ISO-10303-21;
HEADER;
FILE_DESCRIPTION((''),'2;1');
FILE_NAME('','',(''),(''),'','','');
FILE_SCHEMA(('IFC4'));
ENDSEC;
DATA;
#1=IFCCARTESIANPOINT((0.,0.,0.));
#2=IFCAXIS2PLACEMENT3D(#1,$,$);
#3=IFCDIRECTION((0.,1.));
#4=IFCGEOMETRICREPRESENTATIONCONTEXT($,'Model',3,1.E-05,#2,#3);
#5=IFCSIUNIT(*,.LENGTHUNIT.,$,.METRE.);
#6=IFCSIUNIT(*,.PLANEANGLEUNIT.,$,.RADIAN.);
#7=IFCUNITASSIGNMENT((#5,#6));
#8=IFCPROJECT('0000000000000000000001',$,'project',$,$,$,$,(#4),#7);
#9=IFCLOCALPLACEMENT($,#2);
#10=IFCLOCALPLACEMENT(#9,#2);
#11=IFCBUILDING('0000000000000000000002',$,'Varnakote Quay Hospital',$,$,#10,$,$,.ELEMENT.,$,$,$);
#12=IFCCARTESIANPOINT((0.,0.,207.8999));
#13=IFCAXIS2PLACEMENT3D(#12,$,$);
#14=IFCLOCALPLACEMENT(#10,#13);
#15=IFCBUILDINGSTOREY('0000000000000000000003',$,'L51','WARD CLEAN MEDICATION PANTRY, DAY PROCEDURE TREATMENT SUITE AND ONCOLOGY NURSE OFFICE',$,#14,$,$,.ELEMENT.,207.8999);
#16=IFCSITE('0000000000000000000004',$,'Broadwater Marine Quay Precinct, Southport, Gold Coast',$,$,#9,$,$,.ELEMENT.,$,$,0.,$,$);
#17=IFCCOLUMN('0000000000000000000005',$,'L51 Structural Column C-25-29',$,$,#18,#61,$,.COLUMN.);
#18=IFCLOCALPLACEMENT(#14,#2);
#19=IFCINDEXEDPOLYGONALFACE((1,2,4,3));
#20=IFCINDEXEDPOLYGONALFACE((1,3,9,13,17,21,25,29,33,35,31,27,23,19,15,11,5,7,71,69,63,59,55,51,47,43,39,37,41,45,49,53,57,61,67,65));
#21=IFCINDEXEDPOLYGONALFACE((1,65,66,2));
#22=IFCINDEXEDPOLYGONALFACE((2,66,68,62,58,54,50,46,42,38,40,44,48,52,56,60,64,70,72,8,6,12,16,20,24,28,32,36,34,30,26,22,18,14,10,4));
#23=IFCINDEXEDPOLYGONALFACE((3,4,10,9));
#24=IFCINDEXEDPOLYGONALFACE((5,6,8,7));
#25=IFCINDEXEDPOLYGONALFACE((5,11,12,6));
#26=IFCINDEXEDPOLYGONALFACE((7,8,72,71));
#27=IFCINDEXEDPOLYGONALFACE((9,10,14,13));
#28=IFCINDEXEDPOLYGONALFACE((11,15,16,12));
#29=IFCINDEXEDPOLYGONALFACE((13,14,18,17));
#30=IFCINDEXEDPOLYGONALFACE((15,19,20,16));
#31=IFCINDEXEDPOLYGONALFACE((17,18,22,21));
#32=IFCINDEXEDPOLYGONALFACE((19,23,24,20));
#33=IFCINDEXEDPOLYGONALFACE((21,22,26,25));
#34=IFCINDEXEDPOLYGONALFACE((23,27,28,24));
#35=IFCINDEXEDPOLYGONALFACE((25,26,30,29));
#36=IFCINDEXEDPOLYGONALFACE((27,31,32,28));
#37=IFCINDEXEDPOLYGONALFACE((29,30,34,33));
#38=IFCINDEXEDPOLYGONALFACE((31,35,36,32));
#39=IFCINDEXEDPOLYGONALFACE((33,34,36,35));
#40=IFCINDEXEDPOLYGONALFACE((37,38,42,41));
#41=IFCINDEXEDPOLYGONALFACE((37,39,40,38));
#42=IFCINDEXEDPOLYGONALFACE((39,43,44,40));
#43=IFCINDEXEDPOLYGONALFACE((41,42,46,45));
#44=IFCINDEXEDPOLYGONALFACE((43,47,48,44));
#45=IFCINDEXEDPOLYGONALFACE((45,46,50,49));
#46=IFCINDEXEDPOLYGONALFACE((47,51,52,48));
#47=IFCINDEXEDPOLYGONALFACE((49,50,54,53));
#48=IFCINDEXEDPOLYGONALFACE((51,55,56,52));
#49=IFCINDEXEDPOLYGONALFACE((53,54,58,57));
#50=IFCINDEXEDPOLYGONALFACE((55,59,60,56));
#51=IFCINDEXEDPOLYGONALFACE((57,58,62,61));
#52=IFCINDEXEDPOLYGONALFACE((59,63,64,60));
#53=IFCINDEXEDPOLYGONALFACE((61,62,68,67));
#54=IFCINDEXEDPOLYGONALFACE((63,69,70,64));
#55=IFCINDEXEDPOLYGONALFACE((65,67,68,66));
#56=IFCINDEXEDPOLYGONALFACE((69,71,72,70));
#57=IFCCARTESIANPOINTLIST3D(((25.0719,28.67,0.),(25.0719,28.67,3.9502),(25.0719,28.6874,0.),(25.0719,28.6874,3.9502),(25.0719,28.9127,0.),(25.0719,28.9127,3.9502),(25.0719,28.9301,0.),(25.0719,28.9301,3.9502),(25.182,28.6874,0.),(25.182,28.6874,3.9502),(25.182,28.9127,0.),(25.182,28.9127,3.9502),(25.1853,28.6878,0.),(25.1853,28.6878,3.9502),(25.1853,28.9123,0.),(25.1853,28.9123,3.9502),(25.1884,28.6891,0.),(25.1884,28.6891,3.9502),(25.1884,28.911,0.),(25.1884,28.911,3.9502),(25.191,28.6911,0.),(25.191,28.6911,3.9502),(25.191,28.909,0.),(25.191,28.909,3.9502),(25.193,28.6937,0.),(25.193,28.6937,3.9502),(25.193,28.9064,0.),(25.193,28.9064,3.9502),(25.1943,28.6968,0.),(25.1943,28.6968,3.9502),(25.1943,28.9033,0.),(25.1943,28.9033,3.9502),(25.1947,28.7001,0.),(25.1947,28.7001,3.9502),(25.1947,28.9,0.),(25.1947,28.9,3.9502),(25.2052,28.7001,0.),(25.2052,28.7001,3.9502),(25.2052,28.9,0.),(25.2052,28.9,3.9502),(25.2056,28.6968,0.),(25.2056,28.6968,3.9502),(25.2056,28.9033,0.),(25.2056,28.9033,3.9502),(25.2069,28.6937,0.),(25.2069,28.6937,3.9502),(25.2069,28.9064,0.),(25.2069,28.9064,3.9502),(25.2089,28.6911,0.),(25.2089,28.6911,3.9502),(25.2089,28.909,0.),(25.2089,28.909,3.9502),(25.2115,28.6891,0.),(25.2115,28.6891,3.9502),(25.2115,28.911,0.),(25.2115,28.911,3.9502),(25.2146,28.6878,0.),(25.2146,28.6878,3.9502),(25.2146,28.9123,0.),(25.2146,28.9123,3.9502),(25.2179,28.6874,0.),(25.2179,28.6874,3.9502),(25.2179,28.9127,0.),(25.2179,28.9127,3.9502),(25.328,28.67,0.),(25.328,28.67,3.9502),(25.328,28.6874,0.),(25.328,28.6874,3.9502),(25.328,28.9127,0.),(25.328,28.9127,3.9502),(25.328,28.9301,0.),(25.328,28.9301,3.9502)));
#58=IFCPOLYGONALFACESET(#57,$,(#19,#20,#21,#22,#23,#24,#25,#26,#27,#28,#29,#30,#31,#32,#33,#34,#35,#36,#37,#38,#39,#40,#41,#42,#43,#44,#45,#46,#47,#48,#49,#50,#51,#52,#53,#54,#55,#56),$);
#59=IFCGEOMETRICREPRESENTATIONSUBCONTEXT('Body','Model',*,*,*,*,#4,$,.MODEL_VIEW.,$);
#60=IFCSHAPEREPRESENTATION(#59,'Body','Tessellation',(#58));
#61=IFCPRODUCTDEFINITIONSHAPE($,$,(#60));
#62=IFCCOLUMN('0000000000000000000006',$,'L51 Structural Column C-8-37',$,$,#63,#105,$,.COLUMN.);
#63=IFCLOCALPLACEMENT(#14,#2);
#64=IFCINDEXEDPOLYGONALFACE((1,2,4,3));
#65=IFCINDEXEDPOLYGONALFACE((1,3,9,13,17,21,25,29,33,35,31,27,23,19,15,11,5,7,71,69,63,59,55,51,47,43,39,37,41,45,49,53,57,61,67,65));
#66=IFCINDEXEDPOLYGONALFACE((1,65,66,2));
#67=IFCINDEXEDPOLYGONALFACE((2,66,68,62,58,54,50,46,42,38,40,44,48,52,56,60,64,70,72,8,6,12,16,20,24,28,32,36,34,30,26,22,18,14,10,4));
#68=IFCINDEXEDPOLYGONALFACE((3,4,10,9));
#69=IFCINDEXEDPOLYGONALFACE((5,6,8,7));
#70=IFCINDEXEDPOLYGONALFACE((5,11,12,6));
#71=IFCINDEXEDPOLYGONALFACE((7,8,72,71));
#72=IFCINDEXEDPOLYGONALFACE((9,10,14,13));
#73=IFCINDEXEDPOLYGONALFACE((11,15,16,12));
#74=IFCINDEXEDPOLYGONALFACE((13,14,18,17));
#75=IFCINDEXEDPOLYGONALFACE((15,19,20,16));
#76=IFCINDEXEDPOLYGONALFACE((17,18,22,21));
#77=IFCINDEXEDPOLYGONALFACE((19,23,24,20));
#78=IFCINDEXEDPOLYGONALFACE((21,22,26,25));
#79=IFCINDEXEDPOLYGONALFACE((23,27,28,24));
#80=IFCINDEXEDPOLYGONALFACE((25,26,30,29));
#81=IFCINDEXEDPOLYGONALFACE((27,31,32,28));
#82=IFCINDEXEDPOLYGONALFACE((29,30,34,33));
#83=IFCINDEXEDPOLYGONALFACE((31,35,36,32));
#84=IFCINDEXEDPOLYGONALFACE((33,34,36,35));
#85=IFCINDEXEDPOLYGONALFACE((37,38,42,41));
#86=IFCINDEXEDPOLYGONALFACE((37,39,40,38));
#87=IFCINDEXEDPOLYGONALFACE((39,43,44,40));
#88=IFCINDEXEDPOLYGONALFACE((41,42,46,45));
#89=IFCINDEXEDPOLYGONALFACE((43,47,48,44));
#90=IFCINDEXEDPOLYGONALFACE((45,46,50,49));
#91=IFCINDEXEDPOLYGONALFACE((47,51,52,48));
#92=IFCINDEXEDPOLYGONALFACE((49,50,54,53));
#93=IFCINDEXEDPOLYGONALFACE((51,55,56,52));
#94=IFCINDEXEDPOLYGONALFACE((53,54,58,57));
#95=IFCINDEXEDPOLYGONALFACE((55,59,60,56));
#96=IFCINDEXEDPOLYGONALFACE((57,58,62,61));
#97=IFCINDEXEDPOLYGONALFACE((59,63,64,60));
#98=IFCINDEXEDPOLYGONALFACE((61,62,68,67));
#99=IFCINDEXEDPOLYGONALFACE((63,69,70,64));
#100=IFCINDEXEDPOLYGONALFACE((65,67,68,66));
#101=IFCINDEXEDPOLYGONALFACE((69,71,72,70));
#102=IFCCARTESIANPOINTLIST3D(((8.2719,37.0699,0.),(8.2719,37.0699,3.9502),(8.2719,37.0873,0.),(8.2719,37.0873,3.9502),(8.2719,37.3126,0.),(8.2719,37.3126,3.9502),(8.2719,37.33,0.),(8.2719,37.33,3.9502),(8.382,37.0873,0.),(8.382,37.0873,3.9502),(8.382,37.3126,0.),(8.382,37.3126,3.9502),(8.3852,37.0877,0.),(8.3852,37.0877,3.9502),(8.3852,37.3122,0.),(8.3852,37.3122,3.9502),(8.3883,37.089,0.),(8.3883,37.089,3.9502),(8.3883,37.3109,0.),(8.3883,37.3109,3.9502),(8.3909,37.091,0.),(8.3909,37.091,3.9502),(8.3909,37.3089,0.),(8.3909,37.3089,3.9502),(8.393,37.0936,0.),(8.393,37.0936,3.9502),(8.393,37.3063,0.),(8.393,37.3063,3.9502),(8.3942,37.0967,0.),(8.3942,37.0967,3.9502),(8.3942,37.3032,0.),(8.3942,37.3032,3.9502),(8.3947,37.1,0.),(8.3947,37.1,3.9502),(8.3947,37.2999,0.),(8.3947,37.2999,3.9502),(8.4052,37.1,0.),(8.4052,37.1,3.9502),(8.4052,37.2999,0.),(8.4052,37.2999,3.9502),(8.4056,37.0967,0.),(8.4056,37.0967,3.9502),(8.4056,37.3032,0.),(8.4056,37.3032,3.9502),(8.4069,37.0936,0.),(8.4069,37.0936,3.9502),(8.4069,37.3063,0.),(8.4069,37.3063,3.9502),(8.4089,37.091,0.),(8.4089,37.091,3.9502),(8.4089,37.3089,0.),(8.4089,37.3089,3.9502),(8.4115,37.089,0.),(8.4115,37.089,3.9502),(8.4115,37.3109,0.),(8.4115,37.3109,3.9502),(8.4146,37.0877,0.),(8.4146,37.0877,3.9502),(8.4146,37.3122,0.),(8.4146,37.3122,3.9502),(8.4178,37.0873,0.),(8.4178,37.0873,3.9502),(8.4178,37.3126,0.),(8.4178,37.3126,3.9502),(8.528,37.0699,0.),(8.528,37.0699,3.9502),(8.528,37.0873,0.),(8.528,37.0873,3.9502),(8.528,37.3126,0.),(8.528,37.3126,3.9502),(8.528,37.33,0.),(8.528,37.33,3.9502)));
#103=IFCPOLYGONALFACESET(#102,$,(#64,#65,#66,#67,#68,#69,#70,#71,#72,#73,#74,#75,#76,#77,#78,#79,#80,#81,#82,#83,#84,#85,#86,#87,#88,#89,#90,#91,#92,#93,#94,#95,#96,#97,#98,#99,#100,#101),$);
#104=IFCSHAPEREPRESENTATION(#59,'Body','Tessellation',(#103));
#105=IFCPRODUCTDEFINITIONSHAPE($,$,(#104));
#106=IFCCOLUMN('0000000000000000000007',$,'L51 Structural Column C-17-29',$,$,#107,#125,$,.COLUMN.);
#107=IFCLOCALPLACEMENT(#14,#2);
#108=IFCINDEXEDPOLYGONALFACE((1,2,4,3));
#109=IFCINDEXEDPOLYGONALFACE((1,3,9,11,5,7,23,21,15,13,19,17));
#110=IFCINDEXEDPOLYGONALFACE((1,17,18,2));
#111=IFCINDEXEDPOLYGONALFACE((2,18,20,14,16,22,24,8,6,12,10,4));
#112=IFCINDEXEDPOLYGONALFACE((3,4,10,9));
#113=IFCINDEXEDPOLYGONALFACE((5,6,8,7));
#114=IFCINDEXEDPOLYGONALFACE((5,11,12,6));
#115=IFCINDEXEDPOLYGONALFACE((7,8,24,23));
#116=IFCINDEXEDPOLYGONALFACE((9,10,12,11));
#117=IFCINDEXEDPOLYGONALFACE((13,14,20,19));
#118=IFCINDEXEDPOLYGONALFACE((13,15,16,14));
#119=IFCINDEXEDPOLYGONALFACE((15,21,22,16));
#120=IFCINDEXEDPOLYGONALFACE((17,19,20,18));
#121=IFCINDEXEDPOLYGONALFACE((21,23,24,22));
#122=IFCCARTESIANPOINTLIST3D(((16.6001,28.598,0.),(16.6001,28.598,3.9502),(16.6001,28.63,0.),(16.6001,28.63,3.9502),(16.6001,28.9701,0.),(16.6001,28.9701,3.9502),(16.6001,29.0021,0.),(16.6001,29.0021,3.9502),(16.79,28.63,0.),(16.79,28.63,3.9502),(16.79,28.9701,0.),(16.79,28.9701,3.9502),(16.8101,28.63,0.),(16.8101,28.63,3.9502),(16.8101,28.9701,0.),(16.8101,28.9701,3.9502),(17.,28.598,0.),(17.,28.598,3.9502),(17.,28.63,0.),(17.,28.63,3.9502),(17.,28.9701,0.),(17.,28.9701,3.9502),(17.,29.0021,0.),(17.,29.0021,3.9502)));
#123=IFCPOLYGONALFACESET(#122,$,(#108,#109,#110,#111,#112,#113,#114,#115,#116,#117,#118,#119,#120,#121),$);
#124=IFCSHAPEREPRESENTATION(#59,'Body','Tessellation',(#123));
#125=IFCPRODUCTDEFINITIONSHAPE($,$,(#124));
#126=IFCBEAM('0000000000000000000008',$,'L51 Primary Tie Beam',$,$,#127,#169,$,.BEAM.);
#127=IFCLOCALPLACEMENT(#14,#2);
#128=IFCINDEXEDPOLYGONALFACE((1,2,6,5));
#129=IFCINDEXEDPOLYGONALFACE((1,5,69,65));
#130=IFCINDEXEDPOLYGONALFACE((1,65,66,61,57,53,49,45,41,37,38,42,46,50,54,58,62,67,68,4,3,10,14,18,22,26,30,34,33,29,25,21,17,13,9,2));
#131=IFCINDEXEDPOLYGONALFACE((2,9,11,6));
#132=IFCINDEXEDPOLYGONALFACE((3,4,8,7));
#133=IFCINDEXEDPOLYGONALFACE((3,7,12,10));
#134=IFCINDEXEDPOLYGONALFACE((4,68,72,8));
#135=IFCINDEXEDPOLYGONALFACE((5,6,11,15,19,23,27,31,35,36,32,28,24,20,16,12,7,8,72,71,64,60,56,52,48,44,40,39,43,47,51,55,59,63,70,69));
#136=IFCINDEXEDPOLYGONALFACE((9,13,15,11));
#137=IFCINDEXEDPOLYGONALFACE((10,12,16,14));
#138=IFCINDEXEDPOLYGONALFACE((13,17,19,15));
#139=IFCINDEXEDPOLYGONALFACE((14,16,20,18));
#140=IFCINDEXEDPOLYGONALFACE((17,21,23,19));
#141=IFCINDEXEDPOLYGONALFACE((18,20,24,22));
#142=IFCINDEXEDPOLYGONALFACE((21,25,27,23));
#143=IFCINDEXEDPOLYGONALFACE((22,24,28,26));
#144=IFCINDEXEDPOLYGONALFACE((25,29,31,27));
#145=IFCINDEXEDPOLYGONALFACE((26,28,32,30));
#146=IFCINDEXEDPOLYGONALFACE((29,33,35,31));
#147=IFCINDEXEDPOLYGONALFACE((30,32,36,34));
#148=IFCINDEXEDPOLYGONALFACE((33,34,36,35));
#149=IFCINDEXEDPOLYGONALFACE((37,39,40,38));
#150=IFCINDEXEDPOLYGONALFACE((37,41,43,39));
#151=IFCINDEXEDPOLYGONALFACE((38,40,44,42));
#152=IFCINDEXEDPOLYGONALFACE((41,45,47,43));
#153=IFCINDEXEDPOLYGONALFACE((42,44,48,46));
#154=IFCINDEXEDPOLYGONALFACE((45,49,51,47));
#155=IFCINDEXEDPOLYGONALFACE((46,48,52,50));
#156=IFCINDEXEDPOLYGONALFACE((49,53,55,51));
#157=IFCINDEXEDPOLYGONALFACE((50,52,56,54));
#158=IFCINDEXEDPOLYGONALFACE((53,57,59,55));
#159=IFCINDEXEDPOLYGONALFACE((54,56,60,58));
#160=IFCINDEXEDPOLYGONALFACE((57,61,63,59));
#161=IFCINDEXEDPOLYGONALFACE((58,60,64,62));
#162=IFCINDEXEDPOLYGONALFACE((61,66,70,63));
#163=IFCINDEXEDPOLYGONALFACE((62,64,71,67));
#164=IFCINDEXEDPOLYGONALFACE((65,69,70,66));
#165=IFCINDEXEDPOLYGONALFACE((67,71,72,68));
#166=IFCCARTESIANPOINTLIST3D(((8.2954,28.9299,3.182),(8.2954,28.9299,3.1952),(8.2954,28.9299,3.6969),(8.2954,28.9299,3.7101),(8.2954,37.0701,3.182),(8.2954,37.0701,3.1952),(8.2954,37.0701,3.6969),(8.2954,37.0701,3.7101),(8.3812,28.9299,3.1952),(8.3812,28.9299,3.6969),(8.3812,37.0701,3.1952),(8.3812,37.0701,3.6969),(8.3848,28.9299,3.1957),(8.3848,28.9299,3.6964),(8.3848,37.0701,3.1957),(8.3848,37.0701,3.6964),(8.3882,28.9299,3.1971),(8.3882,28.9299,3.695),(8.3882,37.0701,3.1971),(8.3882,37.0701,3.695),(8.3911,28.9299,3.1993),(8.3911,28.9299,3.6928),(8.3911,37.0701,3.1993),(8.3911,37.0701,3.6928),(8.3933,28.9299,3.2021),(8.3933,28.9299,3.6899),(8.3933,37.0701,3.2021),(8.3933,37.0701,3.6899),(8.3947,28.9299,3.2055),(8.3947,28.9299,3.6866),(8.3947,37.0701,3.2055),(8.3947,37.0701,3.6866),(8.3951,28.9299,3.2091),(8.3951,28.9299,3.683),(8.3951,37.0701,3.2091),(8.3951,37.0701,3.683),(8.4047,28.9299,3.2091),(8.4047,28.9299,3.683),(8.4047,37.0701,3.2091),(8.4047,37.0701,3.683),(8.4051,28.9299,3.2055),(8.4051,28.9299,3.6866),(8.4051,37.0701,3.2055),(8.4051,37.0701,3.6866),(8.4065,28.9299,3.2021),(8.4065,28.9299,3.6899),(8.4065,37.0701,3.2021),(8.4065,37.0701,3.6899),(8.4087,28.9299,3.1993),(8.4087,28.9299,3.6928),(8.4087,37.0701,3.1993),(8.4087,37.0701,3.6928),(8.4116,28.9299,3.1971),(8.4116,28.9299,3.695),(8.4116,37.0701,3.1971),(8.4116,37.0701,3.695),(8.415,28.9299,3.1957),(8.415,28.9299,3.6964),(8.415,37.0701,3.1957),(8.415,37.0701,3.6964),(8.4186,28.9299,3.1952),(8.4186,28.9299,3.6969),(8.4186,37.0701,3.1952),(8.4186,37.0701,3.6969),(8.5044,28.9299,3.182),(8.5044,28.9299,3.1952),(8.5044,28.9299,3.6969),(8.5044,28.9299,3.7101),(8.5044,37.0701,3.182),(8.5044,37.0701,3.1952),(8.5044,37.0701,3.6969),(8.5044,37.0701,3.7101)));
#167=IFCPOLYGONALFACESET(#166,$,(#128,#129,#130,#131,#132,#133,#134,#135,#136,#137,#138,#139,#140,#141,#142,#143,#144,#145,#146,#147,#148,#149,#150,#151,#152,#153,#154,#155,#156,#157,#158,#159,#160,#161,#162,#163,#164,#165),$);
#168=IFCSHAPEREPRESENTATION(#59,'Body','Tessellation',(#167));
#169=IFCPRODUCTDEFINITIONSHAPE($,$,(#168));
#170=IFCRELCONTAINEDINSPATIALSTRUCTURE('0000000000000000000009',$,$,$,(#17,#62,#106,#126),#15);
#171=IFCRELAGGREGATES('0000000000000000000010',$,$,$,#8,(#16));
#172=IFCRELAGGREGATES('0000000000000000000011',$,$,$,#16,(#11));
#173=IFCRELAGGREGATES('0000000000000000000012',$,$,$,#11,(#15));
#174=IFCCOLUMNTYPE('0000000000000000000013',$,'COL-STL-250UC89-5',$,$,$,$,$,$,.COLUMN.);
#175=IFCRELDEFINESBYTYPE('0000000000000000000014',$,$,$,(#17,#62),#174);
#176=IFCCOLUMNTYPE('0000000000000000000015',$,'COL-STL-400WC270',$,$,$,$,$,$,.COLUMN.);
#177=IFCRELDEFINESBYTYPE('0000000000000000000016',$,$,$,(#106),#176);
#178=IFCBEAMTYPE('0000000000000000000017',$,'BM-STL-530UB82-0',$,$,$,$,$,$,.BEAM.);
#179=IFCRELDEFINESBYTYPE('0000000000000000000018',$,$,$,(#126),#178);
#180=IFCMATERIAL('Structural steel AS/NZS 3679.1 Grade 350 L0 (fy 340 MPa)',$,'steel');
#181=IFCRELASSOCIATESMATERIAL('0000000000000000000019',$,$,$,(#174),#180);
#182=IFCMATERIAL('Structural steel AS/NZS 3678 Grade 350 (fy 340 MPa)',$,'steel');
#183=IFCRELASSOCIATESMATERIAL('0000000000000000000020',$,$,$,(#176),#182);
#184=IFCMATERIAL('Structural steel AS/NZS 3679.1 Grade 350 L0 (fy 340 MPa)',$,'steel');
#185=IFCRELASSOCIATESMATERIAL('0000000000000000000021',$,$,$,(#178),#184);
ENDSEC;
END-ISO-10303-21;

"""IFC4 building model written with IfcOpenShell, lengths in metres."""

from ifc_helpers import new_model, si_unit, direction, frame, origin, origin_2d, place, context, subcontext, project, spatial, i_section, extrude, material, material_profile, profile_set, type_object, element, save


model = new_model("IFC4")

# Units and contexts
model_context = context("Model", 3, precision=1e-05, world=origin(), true_north=direction((0.0, 1.0)))
body_context = subcontext(model_context, "Body", "Model", "MODEL_VIEW")
ifc_project = project(units=[si_unit("LENGTHUNIT", "METRE"), si_unit("PLANEANGLEUNIT", "RADIAN")], contexts=[model_context])

# Site, building, storey
site_placement = place(None, origin())
site = spatial("IfcSite", under=ifc_project, at=site_placement, Name="Broadwater Marine Quay Precinct, Southport, Gold Coast", CompositionType="ELEMENT", RefElevation=0.0)
building_placement = place(site_placement, origin())
building = spatial("IfcBuilding", under=site, at=building_placement, Name="Varnakote Quay Hospital", CompositionType="ELEMENT")
storey_placement = place(building_placement, frame((0.0, 0.0, 207.8999)))
storey = spatial("IfcBuildingStorey", under=building, at=storey_placement, Name="L51", Description="WARD CLEAN MEDICATION PANTRY, DAY PROCEDURE TREATMENT SUITE AND ONCOLOGY NURSE OFFICE", CompositionType="ELEMENT", Elevation=207.8999)

# Columns
ifc_material_1 = material(Name="Structural steel AS/NZS 3679.1 Grade 350 L0 (fy 340 MPa)", Category="steel")
ifc_material_profile_1 = material_profile(ifc_material_1, i_section(OverallWidth=0.2561, OverallDepth=0.26, WebThickness=0.0105, FlangeThickness=0.0173, FilletRadius=0.0127, at=origin_2d()), Name="250UC89.5")
ifc_profile_set_1 = profile_set([ifc_material_profile_1], Name="Structural steel AS/NZS 3679.1 Grade 350 L0 (fy 340 MPa)")
column_type_1 = type_object("IfcColumnType", Name="COL-STL-250UC89-5", PredefinedType="COLUMN", material=ifc_profile_set_1)
for number, where, z_axis, x_axis, name in (
    (1, (25.2, 28.8, 0.0), (0.0, 0.0, 1.0), (1.0, 0.0, 0.0), "L51 Structural Column C-25-29"),
    (2, (8.3999, 37.2, 0.0), (0.0, 0.0, 1.0), (1.0, 0.0, 0.0), "L51 Structural Column C-8-37"),
):
    element("IfcColumn", number, at=place(storey_placement, frame(where, z_axis=z_axis, x_axis=x_axis)), inside=storey, type_object=column_type_1, Name=name, PredefinedType="COLUMN", context=body_context, shape_type="SweptSolid", body=[
        extrude(i_section(OverallWidth=0.2561, OverallDepth=0.26, WebThickness=0.0105, FlangeThickness=0.0173, FilletRadius=0.0127, at=origin_2d()), origin(), (0.0, 0.0, 1.0), 3.9502),
    ])
ifc_material_2 = material(Name="Structural steel AS/NZS 3678 Grade 350 (fy 340 MPa)", Category="steel")
ifc_material_profile_2 = material_profile(ifc_material_2, i_section(OverallWidth=0.3999, OverallDepth=0.4041, WebThickness=0.02, FlangeThickness=0.032, at=origin_2d()), Name="400WC270")
ifc_profile_set_2 = profile_set([ifc_material_profile_2], Name="Structural steel AS/NZS 3678 Grade 350 (fy 340 MPa)")
column_type_2 = type_object("IfcColumnType", Name="COL-STL-400WC270", PredefinedType="COLUMN", material=ifc_profile_set_2)
column_placement = place(storey_placement, frame((16.8, 28.8, 0.0), z_axis=(0.0, 0.0, 1.0), x_axis=(1.0, 0.0, 0.0)))
element("IfcColumn", 3, at=column_placement, inside=storey, type_object=column_type_2, Name="L51 Structural Column C-17-29", PredefinedType="COLUMN", context=body_context, shape_type="SweptSolid", body=[
    extrude(i_section(OverallWidth=0.3999, OverallDepth=0.4041, WebThickness=0.02, FlangeThickness=0.032, at=origin_2d()), origin(), (0.0, 0.0, 1.0), 3.9502),
])

# Beam
ifc_material_3 = material(Name="Structural steel AS/NZS 3679.1 Grade 350 L0 (fy 340 MPa)", Category="steel")
ifc_material_profile_3 = material_profile(ifc_material_3, i_section(OverallWidth=0.209, OverallDepth=0.5281, WebThickness=0.0095, FlangeThickness=0.0132, FilletRadius=0.0139, at=origin_2d()), Name="530UB82.0")
ifc_profile_set_3 = profile_set([ifc_material_profile_3], Name="Structural steel AS/NZS 3679.1 Grade 350 L0 (fy 340 MPa)")
beam_type_1 = type_object("IfcBeamType", Name="BM-STL-530UB82-0", PredefinedType="BEAM", material=ifc_profile_set_3)
beam_1_placement = place(storey_placement, frame((8.3999, 28.9299, 3.446), z_axis=(0.0, 1.0, 0.0), x_axis=(-1.0, 0.0, 0.0)))
element("IfcBeam", 4, at=beam_1_placement, inside=storey, type_object=beam_type_1, Name="L51 Primary Tie Beam", PredefinedType="BEAM", context=body_context, shape_type="SweptSolid", body=[
    extrude(i_section(OverallWidth=0.209, OverallDepth=0.5281, WebThickness=0.0095, FlangeThickness=0.0132, FilletRadius=0.0139, at=origin_2d()), origin(), (0.0, 0.0, 1.0), 8.1401),
])

save(model, "model.ifc")
